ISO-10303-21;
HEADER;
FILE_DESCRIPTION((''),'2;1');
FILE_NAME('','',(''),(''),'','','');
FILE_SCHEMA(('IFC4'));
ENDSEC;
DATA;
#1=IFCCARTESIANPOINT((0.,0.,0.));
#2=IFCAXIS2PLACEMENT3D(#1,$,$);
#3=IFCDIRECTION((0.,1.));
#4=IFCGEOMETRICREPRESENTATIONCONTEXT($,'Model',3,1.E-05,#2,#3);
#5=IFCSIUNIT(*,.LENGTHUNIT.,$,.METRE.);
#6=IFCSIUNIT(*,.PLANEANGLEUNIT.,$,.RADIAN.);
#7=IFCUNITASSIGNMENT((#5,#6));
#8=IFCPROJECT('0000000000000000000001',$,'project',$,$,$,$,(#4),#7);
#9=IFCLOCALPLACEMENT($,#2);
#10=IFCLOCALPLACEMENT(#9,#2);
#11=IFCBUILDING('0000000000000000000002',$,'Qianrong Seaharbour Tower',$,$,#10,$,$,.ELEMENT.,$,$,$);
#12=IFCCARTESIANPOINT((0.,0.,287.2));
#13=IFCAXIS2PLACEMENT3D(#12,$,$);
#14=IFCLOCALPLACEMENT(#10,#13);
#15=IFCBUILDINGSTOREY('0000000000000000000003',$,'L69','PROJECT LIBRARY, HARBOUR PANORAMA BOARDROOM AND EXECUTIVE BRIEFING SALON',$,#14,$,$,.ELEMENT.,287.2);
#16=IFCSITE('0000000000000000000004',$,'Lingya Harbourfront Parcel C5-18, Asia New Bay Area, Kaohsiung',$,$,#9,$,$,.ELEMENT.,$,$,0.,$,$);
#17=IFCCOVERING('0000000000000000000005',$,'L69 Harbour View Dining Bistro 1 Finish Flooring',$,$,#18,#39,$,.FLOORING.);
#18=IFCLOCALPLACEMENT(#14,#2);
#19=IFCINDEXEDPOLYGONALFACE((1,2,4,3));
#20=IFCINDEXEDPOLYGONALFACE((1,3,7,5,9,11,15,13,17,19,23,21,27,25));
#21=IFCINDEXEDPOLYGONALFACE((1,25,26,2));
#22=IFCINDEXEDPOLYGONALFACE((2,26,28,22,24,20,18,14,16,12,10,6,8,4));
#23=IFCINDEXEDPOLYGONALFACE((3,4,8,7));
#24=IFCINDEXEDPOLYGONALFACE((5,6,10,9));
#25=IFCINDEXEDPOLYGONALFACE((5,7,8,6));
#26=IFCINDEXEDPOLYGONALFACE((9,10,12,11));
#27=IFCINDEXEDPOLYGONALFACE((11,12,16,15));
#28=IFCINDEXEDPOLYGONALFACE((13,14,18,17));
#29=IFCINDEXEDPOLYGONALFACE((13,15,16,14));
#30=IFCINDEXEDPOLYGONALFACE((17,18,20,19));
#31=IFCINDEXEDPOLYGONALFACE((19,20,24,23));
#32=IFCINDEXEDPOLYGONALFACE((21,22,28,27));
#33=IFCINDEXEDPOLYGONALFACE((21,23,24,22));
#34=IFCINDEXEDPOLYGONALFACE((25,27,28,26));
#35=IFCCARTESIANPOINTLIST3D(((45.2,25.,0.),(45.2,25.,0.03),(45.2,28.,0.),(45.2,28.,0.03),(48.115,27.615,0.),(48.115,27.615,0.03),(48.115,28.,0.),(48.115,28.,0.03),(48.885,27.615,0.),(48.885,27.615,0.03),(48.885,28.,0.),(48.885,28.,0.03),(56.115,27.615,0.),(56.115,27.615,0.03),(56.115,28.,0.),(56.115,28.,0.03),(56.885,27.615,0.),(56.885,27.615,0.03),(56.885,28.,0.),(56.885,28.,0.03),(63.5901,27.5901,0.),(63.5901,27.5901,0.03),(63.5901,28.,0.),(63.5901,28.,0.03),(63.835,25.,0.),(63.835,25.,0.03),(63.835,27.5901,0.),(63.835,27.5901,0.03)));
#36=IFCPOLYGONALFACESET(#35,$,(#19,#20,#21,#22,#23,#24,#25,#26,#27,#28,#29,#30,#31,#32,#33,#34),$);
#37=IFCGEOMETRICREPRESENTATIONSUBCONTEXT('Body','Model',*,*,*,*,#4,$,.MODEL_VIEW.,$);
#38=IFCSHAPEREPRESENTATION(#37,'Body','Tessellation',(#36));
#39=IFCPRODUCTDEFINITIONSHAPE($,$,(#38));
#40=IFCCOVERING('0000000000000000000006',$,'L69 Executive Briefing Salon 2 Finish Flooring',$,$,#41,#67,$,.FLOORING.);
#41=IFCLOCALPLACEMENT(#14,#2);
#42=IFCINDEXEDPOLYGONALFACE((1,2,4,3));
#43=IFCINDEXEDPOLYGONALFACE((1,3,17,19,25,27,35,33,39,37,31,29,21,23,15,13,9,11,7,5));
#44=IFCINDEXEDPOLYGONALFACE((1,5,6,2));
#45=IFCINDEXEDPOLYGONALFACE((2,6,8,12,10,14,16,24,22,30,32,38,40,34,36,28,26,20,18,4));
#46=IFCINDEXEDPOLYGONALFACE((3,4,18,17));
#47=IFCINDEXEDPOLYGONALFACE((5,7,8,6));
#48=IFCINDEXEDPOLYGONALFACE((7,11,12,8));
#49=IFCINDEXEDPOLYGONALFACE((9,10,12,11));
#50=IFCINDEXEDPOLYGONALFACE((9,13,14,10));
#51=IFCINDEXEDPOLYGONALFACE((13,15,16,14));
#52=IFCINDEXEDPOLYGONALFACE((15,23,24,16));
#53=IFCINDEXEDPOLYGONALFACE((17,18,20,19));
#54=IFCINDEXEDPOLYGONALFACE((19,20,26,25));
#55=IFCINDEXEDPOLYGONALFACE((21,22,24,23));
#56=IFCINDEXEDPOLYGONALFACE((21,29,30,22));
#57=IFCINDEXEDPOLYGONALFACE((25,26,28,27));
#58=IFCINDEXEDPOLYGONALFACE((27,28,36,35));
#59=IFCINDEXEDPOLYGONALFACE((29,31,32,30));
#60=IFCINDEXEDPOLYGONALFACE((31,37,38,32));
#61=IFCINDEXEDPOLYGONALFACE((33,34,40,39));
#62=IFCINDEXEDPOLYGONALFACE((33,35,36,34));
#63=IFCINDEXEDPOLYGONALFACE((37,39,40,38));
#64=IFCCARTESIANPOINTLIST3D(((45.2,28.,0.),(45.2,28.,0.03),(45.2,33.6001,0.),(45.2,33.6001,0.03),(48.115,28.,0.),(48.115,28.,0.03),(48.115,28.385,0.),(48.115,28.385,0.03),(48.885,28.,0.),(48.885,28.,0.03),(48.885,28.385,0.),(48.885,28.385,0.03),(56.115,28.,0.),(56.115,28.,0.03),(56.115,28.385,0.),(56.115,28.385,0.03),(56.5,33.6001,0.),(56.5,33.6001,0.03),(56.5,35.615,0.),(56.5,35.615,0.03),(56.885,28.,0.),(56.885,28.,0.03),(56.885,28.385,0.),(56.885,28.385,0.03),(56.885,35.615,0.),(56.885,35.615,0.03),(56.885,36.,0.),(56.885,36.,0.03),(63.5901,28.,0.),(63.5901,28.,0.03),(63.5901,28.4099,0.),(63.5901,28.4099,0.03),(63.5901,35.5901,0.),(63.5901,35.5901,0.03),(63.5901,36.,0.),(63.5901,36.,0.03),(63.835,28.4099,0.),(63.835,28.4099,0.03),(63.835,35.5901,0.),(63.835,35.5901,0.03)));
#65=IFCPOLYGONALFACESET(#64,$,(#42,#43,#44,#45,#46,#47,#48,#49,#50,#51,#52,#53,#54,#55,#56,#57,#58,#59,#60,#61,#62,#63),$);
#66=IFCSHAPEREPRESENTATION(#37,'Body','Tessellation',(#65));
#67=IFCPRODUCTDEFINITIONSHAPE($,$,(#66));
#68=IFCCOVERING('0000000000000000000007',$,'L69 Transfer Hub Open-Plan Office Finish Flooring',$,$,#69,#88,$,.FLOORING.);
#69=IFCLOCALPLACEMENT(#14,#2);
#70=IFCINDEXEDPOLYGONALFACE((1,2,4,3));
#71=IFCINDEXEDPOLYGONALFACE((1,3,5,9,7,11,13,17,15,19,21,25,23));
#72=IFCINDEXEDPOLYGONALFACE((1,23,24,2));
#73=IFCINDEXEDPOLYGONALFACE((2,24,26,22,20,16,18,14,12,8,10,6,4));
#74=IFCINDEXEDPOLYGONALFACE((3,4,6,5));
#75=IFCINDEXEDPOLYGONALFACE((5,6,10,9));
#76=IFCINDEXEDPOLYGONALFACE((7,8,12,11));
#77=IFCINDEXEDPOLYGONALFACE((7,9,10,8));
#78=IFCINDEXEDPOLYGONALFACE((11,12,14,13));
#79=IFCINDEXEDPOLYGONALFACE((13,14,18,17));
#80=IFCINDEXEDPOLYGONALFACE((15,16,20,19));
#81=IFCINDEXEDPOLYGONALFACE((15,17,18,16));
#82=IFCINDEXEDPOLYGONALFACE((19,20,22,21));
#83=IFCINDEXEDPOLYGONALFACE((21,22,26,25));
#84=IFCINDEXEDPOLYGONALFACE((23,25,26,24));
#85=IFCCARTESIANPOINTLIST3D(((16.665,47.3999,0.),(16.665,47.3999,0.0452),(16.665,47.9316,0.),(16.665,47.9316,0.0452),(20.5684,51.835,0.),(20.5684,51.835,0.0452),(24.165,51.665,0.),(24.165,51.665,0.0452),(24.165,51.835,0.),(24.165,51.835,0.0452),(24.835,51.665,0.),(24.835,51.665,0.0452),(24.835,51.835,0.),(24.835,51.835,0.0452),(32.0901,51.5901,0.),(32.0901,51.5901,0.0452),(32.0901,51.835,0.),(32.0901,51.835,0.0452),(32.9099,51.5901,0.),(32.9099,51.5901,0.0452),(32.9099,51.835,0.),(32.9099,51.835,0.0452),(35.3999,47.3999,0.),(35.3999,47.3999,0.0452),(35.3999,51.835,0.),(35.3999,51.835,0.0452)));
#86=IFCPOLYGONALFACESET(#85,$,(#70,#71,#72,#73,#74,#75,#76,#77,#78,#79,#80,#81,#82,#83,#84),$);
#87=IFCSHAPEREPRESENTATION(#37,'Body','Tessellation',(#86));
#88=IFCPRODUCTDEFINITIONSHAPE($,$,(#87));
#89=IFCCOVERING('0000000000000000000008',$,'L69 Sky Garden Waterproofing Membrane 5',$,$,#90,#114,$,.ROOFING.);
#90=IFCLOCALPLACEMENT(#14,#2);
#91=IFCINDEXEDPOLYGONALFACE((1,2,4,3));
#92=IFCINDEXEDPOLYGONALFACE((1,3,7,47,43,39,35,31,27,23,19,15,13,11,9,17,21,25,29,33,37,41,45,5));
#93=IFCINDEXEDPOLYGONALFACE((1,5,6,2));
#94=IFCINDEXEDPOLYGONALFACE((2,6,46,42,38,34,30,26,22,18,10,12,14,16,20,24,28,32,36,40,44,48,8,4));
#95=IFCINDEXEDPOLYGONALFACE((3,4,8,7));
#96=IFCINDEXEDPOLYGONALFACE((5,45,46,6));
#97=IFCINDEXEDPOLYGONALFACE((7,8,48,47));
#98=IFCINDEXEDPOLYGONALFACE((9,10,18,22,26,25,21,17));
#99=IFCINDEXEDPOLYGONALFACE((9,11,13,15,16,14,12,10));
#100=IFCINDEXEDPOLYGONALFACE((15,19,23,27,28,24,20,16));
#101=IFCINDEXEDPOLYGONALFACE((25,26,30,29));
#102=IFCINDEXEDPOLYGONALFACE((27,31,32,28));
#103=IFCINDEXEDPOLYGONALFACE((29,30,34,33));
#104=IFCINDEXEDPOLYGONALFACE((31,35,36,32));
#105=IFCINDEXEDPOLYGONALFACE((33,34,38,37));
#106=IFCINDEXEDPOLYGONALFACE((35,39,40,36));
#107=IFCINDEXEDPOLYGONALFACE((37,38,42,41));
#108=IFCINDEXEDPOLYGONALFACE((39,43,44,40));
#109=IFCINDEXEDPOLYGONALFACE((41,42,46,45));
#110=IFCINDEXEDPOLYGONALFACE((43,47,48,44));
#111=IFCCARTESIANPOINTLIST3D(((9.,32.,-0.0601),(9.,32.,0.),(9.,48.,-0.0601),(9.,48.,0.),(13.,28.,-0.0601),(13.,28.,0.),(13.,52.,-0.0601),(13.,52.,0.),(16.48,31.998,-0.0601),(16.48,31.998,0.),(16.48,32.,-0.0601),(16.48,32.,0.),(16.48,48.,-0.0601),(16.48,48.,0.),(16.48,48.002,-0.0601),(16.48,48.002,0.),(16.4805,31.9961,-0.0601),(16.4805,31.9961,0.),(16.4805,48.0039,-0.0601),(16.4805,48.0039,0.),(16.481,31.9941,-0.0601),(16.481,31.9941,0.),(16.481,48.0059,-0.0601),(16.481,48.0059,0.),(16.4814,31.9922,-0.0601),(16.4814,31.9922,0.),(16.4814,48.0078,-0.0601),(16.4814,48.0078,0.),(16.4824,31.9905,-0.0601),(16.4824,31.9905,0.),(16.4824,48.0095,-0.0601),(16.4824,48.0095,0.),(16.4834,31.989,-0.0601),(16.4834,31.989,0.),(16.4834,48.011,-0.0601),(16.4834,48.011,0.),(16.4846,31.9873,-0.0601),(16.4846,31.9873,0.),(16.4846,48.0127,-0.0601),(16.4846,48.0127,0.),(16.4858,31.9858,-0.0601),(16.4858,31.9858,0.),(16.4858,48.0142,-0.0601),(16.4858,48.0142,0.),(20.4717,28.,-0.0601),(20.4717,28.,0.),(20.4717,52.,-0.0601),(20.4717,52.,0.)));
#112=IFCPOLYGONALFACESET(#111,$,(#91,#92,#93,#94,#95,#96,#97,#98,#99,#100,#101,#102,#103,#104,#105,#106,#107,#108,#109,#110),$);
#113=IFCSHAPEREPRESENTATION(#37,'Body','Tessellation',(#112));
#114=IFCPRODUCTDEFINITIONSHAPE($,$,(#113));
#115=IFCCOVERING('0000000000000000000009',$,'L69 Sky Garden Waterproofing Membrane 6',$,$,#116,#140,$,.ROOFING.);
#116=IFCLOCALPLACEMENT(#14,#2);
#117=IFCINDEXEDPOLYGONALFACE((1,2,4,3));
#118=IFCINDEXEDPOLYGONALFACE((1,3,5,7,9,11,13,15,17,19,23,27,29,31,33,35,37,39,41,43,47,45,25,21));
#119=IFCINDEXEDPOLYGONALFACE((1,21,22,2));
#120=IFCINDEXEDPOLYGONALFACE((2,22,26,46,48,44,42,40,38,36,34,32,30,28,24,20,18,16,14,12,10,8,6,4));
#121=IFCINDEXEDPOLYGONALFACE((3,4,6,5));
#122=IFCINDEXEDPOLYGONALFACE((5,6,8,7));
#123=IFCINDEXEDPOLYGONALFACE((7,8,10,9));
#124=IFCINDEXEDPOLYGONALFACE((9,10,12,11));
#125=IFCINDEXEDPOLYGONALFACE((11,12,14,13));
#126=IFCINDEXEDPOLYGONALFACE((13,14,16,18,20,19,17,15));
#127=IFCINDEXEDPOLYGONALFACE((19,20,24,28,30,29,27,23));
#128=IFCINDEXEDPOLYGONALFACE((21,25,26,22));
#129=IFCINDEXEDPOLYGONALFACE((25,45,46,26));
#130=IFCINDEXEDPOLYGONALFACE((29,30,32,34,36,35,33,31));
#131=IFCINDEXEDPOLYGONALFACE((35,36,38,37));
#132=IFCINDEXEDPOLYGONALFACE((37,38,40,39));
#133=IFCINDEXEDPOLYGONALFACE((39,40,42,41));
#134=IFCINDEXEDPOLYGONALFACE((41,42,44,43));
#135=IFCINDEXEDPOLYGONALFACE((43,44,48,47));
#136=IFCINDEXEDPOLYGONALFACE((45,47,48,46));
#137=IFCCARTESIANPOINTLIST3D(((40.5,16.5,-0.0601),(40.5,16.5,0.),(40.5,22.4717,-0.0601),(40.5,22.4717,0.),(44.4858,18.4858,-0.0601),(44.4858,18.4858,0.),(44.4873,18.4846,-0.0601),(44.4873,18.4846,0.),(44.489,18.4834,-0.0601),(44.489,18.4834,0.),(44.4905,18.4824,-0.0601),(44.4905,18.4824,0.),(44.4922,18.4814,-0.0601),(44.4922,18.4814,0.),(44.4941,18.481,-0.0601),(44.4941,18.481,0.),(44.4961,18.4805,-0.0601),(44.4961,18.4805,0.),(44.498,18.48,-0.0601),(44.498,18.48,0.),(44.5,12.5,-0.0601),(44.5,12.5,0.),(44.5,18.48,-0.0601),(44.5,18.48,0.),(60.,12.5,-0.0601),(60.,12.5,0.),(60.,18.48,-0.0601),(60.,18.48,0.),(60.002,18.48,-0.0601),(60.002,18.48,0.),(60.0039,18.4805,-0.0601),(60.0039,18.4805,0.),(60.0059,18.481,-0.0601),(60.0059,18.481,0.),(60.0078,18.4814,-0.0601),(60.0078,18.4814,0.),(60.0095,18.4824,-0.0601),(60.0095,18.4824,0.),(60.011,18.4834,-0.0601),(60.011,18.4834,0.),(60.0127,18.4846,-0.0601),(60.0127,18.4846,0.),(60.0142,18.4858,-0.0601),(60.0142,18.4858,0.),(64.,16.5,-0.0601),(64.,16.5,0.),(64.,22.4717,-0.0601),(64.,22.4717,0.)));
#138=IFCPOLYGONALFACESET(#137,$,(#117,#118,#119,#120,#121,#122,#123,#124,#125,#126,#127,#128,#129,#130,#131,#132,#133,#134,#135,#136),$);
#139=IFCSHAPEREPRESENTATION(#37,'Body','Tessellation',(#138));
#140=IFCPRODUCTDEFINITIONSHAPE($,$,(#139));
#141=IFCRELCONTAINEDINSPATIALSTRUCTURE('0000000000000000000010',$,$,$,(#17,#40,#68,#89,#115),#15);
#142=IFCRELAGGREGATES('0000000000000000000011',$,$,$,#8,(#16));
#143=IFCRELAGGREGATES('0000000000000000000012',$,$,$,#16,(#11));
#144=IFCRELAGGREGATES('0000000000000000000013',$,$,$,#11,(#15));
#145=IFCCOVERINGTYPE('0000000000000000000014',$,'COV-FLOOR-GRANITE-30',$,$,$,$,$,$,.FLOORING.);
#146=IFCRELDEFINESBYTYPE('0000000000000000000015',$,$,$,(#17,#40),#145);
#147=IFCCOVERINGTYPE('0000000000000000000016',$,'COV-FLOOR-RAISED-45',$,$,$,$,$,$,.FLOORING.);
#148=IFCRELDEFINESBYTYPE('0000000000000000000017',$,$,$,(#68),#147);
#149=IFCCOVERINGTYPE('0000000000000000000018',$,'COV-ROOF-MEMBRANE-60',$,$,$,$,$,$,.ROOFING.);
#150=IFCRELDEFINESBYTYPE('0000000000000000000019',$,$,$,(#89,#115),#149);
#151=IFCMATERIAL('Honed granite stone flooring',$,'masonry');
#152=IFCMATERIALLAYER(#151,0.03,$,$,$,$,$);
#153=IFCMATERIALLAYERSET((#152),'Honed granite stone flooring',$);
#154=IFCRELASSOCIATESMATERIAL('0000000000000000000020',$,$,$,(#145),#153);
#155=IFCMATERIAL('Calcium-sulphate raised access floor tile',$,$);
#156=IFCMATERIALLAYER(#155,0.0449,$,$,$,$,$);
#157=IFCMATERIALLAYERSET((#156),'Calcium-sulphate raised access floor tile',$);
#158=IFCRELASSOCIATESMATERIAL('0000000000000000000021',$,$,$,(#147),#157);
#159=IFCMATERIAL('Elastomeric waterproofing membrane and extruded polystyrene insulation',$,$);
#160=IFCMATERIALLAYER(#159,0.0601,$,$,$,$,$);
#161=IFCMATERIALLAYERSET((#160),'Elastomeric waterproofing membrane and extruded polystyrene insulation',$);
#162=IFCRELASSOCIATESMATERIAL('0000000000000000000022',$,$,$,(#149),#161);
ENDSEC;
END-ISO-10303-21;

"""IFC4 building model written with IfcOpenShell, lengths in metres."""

from ifc_helpers import new_model, si_unit, direction, frame, origin, place, context, subcontext, project, spatial, polyline, outline, extrude, material, layer, layer_set, type_object, element, save


model = new_model("IFC4")

# Units and contexts
model_context = context("Model", 3, precision=1e-05, world=origin(), true_north=direction((0.0, 1.0)))
body_context = subcontext(model_context, "Body", "Model", "MODEL_VIEW")
ifc_project = project(units=[si_unit("LENGTHUNIT", "METRE"), si_unit("PLANEANGLEUNIT", "RADIAN")], contexts=[model_context])

# Site, building, storey
site_placement = place(None, origin())
site = spatial("IfcSite", under=ifc_project, at=site_placement, Name="Lingya Harbourfront Parcel C5-18, Asia New Bay Area, Kaohsiung", CompositionType="ELEMENT", RefElevation=0.0)
building_placement = place(site_placement, origin())
building = spatial("IfcBuilding", under=site, at=building_placement, Name="Qianrong Seaharbour Tower", CompositionType="ELEMENT")
storey_placement = place(building_placement, frame((0.0, 0.0, 287.2)))
storey = spatial("IfcBuildingStorey", under=building, at=storey_placement, Name="L69", Description="PROJECT LIBRARY, HARBOUR PANORAMA BOARDROOM AND EXECUTIVE BRIEFING SALON", CompositionType="ELEMENT", Elevation=287.2)

# Coverings
ifc_material_1 = material(Name="Honed granite stone flooring", Category="masonry")
ifc_layer_1 = layer(ifc_material_1, 0.03)
ifc_layer_set_1 = layer_set([ifc_layer_1], Name="Honed granite stone flooring")
covering_type_1 = type_object("IfcCoveringType", Name="COV-FLOOR-GRANITE-30", PredefinedType="FLOORING", material=ifc_layer_set_1)
covering_1_placement = place(storey_placement, origin())
element("IfcCovering", 1, at=covering_1_placement, inside=storey, type_object=covering_type_1, Name="L69 Harbour View Dining Bistro 1 Finish Flooring", PredefinedType="FLOORING", context=body_context, shape_type="SweptSolid", body=[
    extrude(outline(polyline([(48.115, 28.0), (48.115, 27.615), (48.885, 27.615), (48.885, 28.0), (56.115, 28.0), (56.115, 27.615), (56.885, 27.615), (56.885, 28.0), (63.5901, 28.0), (63.5901, 27.5901), (63.835, 27.5901), (63.835, 25.0), (45.2, 25.0), (45.2, 28.0), (48.115, 28.0)])), origin(), (0.0, 0.0, 1.0), 0.03),
])
covering_2_placement = place(storey_placement, origin())
element("IfcCovering", 2, at=covering_2_placement, inside=storey, type_object=covering_type_1, Name="L69 Executive Briefing Salon 2 Finish Flooring", PredefinedType="FLOORING", context=body_context, shape_type="SweptSolid", body=[
    extrude(outline(polyline([(56.5, 33.6001), (56.5, 35.615), (56.885, 35.615), (56.885, 36.0), (63.5901, 36.0), (63.5901, 35.5901), (63.835, 35.5901), (63.835, 28.4099), (63.5901, 28.4099), (63.5901, 28.0), (56.885, 28.0), (56.885, 28.385), (56.115, 28.385), (56.115, 28.0), (48.885, 28.0), (48.885, 28.385), (48.115, 28.385), (48.115, 28.0), (45.2, 28.0), (45.2, 33.6001), (56.5, 33.6001)])), origin(), (0.0, 0.0, 1.0), 0.03),
])
ifc_material_2 = material(Name="Calcium-sulphate raised access floor tile")
ifc_layer_2 = layer(ifc_material_2, 0.0449)
ifc_layer_set_2 = layer_set([ifc_layer_2], Name="Calcium-sulphate raised access floor tile")
covering_type_2 = type_object("IfcCoveringType", Name="COV-FLOOR-RAISED-45", PredefinedType="FLOORING", material=ifc_layer_set_2)
covering_3_placement = place(storey_placement, origin())
element("IfcCovering", 3, at=covering_3_placement, inside=storey, type_object=covering_type_2, Name="L69 Transfer Hub Open-Plan Office Finish Flooring", PredefinedType="FLOORING", context=body_context, shape_type="SweptSolid", body=[
    extrude(outline(polyline([(16.665, 47.9316), (20.5684, 51.835), (24.165, 51.835), (24.165, 51.665), (24.835, 51.665), (24.835, 51.835), (32.0901, 51.835), (32.0901, 51.5901), (32.9099, 51.5901), (32.9099, 51.835), (35.3999, 51.835), (35.3999, 47.3999), (16.665, 47.3999), (16.665, 47.9316)])), origin(), (0.0, 0.0, 1.0), 0.0452),
])
ifc_material_3 = material(Name="Elastomeric waterproofing membrane and extruded polystyrene insulation")
ifc_layer_3 = layer(ifc_material_3, 0.0601)
ifc_layer_set_3 = layer_set([ifc_layer_3], Name="Elastomeric waterproofing membrane and extruded polystyrene insulation")
covering_type_3 = type_object("IfcCoveringType", Name="COV-ROOF-MEMBRANE-60", PredefinedType="ROOFING", material=ifc_layer_set_3)
covering_4_placement = place(storey_placement, frame((0.0, 0.0, -0.0601)))
element("IfcCovering", 4, at=covering_4_placement, inside=storey, type_object=covering_type_3, Name="L69 Sky Garden Waterproofing Membrane 5", PredefinedType="ROOFING", context=body_context, shape_type="SweptSolid", body=[
    extrude(outline(polyline([(9.0, 32.0), (9.0, 48.0), (13.0, 52.0), (20.4717, 52.0), (16.4858, 48.0142), (16.4846, 48.0127), (16.4834, 48.011), (16.4824, 48.0095), (16.4814, 48.0078), (16.481, 48.0059), (16.4805, 48.0039), (16.48, 48.002), (16.48, 48.0), (16.48, 32.0), (16.48, 31.998), (16.4805, 31.9961), (16.481, 31.9941), (16.4814, 31.9922), (16.4824, 31.9905), (16.4834, 31.989), (16.4846, 31.9873), (16.4858, 31.9858), (20.4717, 28.0), (13.0, 28.0), (9.0, 32.0)])), origin(), (0.0, 0.0, 1.0), 0.0601),
])
covering_5_placement = place(storey_placement, frame((0.0, 0.0, -0.0601)))
element("IfcCovering", 5, at=covering_5_placement, inside=storey, type_object=covering_type_3, Name="L69 Sky Garden Waterproofing Membrane 6", PredefinedType="ROOFING", context=body_context, shape_type="SweptSolid", body=[
    extrude(outline(polyline([(60.0, 12.5), (44.5, 12.5), (40.5, 16.5), (40.5, 22.4717), (44.4858, 18.4858), (44.4873, 18.4846), (44.489, 18.4834), (44.4905, 18.4824), (44.4922, 18.4814), (44.4941, 18.481), (44.4961, 18.4805), (44.498, 18.48), (44.5, 18.48), (60.0, 18.48), (60.002, 18.48), (60.0039, 18.4805), (60.0059, 18.481), (60.0078, 18.4814), (60.0095, 18.4824), (60.011, 18.4834), (60.0127, 18.4846), (60.0142, 18.4858), (64.0, 22.4717), (64.0, 16.5), (60.0, 12.5)])), origin(), (0.0, 0.0, 1.0), 0.0601),
])

save(model, "model.ifc")
